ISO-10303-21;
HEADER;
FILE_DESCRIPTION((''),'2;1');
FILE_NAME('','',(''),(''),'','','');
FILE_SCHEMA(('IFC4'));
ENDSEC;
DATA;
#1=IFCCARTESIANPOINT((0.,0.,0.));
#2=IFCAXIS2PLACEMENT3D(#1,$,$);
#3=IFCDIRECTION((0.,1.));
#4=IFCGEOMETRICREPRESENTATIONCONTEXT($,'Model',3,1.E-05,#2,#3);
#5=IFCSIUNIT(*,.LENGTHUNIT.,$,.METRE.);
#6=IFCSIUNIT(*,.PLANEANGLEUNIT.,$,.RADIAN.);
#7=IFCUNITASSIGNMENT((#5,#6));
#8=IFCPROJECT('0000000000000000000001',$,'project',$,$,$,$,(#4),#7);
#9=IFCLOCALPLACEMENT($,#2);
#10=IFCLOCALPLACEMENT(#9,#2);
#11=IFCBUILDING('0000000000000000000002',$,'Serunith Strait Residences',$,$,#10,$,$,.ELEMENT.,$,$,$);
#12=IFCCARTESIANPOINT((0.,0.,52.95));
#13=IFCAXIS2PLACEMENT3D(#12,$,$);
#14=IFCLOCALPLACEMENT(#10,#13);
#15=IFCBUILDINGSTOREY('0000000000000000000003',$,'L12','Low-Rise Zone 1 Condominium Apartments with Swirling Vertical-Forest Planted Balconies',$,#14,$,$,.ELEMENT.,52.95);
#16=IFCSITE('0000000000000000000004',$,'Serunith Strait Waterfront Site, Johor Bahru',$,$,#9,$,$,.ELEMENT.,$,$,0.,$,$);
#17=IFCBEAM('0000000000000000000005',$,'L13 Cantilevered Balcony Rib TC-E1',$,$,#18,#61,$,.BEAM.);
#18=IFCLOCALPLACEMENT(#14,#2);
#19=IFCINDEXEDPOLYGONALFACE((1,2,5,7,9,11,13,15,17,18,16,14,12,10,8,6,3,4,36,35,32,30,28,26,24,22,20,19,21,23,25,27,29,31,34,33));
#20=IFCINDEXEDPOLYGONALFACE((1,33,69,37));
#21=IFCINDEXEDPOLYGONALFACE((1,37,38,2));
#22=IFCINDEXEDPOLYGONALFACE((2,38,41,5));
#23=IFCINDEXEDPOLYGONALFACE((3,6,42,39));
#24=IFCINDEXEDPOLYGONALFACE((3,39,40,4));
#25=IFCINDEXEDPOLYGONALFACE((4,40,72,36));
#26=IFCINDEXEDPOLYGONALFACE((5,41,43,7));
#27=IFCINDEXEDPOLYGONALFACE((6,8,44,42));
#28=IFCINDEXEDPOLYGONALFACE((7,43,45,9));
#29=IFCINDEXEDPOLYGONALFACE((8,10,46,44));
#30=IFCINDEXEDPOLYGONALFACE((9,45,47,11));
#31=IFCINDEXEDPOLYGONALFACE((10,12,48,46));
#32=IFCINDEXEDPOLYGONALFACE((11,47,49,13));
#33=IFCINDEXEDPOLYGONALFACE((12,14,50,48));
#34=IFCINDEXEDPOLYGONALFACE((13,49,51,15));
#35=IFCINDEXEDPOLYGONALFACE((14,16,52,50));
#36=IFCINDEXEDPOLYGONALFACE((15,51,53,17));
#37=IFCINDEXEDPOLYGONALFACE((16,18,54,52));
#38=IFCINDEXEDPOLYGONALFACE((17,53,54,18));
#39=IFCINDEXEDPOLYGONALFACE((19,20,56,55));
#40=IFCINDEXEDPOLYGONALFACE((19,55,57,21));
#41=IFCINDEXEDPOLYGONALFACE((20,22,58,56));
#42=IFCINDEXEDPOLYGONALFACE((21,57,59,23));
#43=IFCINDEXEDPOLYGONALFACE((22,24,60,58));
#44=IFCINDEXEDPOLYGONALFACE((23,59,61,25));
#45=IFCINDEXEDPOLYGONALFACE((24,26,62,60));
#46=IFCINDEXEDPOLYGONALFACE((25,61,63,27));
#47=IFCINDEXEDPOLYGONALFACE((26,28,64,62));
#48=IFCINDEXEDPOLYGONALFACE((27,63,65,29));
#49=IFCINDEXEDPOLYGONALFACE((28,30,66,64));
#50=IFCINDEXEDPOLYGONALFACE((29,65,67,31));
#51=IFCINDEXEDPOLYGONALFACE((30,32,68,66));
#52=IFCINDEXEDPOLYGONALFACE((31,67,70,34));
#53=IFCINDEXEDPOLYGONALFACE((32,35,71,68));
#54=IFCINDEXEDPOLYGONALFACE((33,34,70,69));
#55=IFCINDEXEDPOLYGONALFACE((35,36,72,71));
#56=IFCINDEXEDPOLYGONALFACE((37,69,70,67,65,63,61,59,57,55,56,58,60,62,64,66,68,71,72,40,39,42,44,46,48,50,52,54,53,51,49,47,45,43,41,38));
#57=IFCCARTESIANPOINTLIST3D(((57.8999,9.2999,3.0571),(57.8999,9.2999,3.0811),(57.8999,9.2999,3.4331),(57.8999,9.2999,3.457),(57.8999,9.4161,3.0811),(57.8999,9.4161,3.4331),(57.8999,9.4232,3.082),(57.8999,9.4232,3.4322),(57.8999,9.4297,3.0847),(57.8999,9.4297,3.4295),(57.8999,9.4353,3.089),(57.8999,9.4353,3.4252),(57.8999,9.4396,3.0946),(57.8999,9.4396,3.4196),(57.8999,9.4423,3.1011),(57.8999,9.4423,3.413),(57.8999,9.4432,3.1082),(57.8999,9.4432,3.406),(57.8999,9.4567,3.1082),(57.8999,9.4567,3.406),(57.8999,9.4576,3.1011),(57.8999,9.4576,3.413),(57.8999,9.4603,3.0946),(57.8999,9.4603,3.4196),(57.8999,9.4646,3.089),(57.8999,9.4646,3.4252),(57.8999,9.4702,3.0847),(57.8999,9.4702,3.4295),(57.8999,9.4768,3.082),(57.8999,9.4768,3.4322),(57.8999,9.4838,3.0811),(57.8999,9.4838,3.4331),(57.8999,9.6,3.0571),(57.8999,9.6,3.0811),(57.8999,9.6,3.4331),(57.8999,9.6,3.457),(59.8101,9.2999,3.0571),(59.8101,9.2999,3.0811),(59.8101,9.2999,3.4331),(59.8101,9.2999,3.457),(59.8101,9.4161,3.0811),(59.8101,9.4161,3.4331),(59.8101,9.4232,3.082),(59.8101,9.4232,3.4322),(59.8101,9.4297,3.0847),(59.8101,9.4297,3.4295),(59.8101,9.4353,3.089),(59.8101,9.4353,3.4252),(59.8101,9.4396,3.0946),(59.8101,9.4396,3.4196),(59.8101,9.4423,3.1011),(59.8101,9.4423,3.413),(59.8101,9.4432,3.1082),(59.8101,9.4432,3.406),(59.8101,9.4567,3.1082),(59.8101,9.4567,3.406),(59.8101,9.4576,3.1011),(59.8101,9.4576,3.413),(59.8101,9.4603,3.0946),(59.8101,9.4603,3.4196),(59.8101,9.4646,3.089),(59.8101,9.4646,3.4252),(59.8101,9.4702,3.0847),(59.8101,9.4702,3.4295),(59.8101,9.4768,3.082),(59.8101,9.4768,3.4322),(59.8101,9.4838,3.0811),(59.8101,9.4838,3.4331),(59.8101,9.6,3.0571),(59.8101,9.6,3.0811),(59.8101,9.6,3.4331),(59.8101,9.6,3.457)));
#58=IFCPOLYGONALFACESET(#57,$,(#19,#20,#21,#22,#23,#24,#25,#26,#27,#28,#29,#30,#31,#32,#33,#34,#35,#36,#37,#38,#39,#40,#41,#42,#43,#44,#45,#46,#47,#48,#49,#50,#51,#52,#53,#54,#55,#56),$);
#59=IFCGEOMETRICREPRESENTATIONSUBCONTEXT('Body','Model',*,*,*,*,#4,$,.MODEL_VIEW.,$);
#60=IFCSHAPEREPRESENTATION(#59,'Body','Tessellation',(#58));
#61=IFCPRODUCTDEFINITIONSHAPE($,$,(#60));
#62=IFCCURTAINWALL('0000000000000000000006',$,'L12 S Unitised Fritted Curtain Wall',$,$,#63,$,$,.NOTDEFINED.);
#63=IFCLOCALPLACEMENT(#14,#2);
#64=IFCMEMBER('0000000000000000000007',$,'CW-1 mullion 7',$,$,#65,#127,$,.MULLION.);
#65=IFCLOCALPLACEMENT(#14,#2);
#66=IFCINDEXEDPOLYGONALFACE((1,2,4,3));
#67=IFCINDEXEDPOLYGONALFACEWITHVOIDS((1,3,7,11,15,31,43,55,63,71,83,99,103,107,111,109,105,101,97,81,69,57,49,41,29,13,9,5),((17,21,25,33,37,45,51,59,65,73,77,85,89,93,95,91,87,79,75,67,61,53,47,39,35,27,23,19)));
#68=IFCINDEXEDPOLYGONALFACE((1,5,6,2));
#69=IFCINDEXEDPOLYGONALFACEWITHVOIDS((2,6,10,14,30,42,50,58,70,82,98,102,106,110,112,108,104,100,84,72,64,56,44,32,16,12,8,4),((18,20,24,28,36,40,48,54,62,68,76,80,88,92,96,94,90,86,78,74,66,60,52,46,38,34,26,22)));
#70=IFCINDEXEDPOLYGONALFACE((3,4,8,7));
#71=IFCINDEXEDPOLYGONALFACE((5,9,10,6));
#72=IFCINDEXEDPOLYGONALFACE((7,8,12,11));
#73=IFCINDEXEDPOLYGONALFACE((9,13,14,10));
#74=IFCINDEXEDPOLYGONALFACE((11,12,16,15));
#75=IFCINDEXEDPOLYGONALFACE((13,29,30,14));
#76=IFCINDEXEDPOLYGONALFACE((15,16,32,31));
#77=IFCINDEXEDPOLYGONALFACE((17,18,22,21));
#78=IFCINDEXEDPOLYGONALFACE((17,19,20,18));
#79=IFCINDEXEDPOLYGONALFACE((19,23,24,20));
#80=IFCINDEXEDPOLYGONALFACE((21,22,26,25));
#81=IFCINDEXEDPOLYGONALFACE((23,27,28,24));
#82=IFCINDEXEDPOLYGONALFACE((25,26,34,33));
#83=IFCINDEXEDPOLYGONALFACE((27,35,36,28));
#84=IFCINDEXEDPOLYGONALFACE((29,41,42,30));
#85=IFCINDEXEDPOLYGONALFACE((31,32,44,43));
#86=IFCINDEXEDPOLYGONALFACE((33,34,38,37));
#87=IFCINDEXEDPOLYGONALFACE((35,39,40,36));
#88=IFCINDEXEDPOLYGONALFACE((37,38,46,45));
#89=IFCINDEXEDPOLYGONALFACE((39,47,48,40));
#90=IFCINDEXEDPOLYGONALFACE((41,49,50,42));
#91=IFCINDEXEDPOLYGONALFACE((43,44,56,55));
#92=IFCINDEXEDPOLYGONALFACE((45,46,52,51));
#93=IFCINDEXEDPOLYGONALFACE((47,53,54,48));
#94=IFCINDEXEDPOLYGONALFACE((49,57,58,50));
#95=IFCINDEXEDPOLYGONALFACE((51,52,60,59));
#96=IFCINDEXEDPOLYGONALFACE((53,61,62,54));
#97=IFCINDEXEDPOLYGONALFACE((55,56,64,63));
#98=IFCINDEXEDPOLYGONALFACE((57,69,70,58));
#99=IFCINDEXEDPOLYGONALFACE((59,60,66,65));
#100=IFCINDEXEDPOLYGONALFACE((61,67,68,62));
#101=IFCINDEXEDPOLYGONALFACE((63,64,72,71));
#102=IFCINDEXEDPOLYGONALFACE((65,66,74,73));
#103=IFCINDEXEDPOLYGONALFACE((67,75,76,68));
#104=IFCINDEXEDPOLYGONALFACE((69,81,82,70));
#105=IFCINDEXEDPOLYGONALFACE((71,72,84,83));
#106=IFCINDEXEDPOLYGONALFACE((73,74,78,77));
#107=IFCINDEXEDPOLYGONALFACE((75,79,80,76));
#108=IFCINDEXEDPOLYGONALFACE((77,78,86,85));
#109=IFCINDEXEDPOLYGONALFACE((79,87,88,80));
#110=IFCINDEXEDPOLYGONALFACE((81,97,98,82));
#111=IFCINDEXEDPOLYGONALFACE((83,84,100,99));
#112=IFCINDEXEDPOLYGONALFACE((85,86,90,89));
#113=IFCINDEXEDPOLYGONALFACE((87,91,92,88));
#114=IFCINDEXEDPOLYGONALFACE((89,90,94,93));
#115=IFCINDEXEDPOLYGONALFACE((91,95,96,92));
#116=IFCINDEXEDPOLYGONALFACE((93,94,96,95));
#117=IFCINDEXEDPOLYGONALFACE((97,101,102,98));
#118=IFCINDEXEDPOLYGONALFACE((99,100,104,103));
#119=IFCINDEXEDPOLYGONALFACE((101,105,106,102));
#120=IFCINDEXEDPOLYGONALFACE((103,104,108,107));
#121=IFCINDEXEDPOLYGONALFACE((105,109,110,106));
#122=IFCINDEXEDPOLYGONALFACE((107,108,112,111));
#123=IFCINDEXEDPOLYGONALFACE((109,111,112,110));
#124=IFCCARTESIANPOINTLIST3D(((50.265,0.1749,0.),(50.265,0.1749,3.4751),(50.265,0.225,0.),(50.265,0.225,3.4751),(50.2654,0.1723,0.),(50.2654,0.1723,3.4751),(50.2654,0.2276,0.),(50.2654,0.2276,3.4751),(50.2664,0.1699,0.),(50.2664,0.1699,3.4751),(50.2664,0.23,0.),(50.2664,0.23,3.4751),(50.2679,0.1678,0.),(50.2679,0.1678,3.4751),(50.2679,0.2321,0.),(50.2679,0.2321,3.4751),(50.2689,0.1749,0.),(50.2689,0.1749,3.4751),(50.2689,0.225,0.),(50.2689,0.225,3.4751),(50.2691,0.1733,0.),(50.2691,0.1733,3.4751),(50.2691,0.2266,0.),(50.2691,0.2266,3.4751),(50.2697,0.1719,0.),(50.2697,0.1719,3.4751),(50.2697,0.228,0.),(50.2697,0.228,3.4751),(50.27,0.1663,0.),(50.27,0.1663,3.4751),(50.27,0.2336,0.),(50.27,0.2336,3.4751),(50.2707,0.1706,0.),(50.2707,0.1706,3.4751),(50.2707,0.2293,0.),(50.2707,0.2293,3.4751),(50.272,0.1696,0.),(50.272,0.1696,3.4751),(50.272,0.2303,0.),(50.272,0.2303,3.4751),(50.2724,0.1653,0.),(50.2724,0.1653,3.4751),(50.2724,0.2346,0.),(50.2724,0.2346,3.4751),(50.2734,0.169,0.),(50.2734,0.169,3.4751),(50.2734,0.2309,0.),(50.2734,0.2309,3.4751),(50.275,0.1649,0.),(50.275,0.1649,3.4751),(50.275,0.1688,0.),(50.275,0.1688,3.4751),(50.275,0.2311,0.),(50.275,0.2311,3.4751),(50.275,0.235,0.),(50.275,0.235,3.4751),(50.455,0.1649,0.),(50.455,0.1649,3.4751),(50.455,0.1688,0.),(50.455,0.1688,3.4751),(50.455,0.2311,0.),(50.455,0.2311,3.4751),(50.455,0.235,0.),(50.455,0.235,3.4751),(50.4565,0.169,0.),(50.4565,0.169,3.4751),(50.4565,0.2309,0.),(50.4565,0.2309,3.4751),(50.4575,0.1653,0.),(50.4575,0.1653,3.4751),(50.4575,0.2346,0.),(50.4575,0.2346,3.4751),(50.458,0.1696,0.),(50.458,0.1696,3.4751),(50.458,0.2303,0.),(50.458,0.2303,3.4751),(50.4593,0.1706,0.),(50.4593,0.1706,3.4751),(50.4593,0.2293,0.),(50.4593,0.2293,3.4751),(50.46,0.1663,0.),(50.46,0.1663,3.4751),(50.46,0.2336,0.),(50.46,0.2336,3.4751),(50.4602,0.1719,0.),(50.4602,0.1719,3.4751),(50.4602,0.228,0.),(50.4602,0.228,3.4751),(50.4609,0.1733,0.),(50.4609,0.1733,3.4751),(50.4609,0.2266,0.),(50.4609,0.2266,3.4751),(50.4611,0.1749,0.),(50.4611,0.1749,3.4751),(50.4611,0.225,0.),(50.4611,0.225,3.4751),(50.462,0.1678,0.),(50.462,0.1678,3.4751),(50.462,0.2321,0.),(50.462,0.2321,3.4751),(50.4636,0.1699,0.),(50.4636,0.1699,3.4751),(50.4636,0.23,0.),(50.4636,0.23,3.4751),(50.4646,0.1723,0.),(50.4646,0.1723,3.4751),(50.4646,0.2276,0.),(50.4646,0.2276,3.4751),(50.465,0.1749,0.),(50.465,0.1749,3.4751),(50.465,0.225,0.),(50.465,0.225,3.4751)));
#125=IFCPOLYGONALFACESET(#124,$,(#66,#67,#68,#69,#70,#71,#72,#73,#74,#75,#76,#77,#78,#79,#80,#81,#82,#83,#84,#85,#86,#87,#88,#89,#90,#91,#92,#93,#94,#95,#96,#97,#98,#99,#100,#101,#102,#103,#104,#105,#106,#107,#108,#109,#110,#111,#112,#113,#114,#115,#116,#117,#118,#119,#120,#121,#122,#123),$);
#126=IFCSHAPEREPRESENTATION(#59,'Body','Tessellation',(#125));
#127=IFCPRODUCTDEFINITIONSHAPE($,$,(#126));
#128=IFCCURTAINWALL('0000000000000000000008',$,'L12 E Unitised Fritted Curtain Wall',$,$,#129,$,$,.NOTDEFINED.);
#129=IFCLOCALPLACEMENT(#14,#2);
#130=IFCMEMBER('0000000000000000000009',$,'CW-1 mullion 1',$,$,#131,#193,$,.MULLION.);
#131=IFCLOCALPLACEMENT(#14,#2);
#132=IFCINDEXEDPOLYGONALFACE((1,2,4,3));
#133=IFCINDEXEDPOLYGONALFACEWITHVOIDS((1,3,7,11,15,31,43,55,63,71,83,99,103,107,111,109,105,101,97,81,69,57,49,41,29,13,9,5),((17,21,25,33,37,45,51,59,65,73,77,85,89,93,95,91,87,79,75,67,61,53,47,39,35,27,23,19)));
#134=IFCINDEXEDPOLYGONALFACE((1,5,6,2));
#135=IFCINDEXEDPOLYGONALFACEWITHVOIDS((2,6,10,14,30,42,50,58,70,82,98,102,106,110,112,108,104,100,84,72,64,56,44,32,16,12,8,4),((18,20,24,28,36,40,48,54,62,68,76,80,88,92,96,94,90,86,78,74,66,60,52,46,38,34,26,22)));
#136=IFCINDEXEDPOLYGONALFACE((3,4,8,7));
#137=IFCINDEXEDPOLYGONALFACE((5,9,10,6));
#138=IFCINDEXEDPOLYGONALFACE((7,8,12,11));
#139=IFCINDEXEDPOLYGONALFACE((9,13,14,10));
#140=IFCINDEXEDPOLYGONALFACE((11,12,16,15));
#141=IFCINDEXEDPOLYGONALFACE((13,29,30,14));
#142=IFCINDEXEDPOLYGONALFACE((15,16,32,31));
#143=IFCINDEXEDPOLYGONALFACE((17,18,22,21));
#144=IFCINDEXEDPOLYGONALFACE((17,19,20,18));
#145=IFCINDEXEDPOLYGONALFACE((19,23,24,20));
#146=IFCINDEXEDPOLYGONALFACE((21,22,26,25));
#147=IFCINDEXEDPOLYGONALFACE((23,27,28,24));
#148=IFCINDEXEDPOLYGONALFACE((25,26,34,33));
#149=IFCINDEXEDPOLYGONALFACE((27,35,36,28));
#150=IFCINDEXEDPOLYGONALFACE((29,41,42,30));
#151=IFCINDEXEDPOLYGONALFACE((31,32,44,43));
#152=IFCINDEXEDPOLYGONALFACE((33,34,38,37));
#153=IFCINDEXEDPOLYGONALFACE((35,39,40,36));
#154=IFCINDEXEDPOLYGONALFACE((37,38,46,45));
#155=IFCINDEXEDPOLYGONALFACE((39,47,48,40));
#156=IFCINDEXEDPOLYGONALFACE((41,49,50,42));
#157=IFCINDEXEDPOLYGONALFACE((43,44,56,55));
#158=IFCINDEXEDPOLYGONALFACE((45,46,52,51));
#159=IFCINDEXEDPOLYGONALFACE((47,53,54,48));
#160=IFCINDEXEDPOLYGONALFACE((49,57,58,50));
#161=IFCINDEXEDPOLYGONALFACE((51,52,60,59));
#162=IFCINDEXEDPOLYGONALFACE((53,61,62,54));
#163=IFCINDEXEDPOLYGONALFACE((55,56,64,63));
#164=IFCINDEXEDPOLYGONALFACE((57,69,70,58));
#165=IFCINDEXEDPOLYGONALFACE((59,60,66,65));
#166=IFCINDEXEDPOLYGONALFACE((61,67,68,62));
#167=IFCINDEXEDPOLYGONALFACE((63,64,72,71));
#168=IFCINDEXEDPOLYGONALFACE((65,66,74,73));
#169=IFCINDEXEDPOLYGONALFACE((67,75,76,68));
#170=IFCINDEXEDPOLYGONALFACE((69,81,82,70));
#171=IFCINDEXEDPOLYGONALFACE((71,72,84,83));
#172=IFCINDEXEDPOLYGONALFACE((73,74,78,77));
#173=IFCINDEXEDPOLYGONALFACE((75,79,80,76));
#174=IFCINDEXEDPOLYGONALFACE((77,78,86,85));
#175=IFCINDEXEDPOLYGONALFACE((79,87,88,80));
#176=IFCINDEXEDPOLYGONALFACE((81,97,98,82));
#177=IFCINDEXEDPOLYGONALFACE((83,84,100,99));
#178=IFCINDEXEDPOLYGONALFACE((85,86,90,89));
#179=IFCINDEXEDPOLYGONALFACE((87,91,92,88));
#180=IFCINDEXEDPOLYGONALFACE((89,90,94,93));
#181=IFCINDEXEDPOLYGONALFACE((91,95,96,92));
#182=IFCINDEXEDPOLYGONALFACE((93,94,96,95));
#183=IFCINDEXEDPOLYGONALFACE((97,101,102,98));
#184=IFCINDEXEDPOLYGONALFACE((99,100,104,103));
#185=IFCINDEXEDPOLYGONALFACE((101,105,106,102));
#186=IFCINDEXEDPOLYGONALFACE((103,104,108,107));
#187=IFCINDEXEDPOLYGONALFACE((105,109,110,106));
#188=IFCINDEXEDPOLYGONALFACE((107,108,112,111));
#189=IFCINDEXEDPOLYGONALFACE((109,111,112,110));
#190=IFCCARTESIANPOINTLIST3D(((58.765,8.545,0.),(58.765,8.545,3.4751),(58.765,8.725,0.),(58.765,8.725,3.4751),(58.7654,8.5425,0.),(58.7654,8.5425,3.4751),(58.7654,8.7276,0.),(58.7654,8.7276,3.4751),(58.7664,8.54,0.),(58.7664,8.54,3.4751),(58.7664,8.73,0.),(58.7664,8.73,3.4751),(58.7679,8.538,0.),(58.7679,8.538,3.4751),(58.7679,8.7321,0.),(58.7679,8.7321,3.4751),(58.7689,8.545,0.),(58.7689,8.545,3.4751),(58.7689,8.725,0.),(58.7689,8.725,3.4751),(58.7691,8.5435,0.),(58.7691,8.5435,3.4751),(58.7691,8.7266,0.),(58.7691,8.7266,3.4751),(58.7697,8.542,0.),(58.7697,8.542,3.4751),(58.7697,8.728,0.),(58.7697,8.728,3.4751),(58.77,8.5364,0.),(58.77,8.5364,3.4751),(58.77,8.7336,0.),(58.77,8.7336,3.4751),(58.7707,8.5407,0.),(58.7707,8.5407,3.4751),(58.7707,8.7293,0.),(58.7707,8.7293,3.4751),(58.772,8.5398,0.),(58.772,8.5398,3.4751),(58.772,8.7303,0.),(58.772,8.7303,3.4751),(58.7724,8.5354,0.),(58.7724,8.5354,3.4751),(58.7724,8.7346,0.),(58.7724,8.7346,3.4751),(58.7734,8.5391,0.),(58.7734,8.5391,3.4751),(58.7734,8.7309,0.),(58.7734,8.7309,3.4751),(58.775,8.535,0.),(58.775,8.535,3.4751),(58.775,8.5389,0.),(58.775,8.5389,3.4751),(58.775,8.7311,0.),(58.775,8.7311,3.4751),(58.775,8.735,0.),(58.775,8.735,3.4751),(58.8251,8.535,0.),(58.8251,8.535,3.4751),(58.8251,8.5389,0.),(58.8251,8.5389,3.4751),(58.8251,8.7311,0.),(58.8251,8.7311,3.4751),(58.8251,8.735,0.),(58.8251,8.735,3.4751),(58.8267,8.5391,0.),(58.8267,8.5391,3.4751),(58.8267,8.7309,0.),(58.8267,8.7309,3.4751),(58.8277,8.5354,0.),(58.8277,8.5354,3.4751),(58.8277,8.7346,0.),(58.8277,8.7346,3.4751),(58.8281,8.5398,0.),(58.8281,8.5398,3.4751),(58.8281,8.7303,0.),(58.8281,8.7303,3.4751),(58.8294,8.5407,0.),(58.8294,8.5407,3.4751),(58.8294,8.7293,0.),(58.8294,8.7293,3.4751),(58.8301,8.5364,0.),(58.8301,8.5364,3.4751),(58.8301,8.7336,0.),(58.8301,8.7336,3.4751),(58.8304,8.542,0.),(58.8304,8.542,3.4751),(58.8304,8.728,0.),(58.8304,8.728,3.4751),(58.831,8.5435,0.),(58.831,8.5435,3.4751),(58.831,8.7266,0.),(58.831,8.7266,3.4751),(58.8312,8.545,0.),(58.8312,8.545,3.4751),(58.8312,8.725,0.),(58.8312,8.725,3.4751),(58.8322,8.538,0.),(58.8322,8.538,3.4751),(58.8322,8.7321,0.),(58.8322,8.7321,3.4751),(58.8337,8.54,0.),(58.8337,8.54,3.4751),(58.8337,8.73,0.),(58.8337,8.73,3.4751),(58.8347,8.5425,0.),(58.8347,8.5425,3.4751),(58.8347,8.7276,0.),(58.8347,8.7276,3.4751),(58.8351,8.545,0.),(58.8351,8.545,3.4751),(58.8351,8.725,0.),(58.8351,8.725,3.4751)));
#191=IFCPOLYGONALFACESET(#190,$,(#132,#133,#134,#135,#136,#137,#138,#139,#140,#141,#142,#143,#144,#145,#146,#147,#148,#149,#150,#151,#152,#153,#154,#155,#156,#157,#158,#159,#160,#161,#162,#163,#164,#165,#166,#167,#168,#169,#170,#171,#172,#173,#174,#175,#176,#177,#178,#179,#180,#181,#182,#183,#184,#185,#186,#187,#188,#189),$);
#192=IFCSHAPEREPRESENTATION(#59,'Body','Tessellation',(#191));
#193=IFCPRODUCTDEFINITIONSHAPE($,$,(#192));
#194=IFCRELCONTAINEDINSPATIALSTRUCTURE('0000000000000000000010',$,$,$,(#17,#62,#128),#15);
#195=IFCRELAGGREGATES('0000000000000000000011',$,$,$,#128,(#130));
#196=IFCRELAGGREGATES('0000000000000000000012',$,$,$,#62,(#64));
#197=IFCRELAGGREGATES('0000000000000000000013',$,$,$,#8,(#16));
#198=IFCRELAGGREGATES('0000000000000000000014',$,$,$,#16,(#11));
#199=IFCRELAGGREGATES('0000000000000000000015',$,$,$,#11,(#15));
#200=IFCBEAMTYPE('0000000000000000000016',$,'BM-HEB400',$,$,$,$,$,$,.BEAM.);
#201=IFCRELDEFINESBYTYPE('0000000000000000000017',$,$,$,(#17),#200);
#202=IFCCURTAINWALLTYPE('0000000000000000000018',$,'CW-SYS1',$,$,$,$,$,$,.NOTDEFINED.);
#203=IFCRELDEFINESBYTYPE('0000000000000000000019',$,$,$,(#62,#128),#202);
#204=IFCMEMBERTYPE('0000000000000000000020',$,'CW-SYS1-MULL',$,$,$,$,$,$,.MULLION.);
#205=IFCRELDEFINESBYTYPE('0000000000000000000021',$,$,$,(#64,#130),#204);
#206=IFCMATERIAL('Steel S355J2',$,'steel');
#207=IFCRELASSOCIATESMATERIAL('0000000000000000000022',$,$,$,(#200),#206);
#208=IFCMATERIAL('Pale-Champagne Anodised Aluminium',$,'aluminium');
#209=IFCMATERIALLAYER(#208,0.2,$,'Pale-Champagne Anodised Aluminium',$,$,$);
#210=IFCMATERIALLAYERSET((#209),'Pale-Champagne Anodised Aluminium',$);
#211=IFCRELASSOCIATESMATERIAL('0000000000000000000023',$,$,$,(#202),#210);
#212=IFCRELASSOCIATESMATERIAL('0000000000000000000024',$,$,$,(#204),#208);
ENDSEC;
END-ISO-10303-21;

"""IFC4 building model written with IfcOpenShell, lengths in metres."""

from ifc_helpers import new_model, si_unit, direction, frame, origin, origin_2d, place, context, subcontext, project, spatial, hollow_rectangle, i_section, extrude, source, transform, mapped, material, layer, layer_set, material_profile, profile_set, type_object, element, aggregate, save


model = new_model("IFC4")

# Units and contexts
model_context = context("Model", 3, precision=1e-05, world=origin(), true_north=direction((0.0, 1.0)))
body_context = subcontext(model_context, "Body", "Model", "MODEL_VIEW")
ifc_project = project(units=[si_unit("LENGTHUNIT", "METRE"), si_unit("PLANEANGLEUNIT", "RADIAN")], contexts=[model_context])

# Site, building, storey
site_placement = place(None, origin())
site = spatial("IfcSite", under=ifc_project, at=site_placement, Name="Serunith Strait Waterfront Site, Johor Bahru", CompositionType="ELEMENT", RefElevation=0.0)
building_placement = place(site_placement, origin())
building = spatial("IfcBuilding", under=site, at=building_placement, Name="Serunith Strait Residences", CompositionType="ELEMENT")
storey_placement = place(building_placement, frame((0.0, 0.0, 52.95)))
storey = spatial("IfcBuildingStorey", under=building, at=storey_placement, Name="L12", Description="Low-Rise Zone 1 Condominium Apartments with Swirling Vertical-Forest Planted Balconies", CompositionType="ELEMENT", Elevation=52.95)

# Beam
ifc_material_1 = material(Name="Steel S355J2", Category="steel")
ifc_material_profile_1 = material_profile(ifc_material_1, i_section(OverallWidth=0.3, OverallDepth=0.3999, WebThickness=0.0134, FlangeThickness=0.0239, FilletRadius=0.0271, at=origin_2d()), Name="HEB 400")
ifc_profile_set_1 = profile_set([ifc_material_profile_1], Name="Steel S355J2")
beam_type_1 = type_object("IfcBeamType", Name="BM-HEB400", PredefinedType="BEAM", material=ifc_profile_set_1)
shared_shape_1 = source(origin(), body_context, "Body", "SweptSolid", [
    extrude(i_section(OverallWidth=0.3, OverallDepth=0.3999, WebThickness=0.0134, FlangeThickness=0.0239, FilletRadius=0.0271, at=origin_2d()), origin(), (0.0, 0.0, 1.0), 1.9102),
])
for number, where, z_axis, x_axis, name in (
    (1, (57.8999, 9.45, 3.2571), (1.0, 0.0, 0.0), (0.0, 1.0, 0.0), "L13 Cantilevered Balcony Rib TC-E1"),
):
    element("IfcBeam", number, at=place(storey_placement, frame(where, z_axis=z_axis, x_axis=x_axis)), inside=storey, type_object=beam_type_1, Name=name, PredefinedType="BEAM", context=body_context, shape_type="MappedRepresentation", body=[
        mapped(shared_shape_1, transform((0.0, 0.0, 0.0), scale=1.0)),
    ])

# Curtain wall, member
ifc_material_2 = material(Name="Pale-Champagne Anodised Aluminium", Category="aluminium")
ifc_layer_1 = layer(ifc_material_2, 0.2, Name="Pale-Champagne Anodised Aluminium")
ifc_layer_set_1 = layer_set([ifc_layer_1], Name="Pale-Champagne Anodised Aluminium")
curtain_wall_type = type_object("IfcCurtainWallType", Name="CW-SYS1", PredefinedType="NOTDEFINED", material=ifc_layer_set_1)
curtain_wall_1_placement = place(storey_placement, origin())
curtain_wall_1 = element("IfcCurtainWall", 2, at=curtain_wall_1_placement, inside=storey, type_object=curtain_wall_type, Name="L12 S Unitised Fritted Curtain Wall", PredefinedType="NOTDEFINED")
ifc_material_profile_2 = material_profile(ifc_material_2, hollow_rectangle(XDim=0.0701, YDim=0.2, WallThickness=0.0039, InnerFilletRadius=0.0061, OuterFilletRadius=0.01, at=origin_2d()), Name="ALU 200x70x4")
ifc_profile_set_2 = profile_set([ifc_material_profile_2], Name="Pale-Champagne Anodised Aluminium")
member_type_1 = type_object("IfcMemberType", Name="CW-SYS1-MULL", PredefinedType="MULLION", material=ifc_profile_set_2)
shared_shape_2 = source(origin(), body_context, "Body", "SweptSolid", [
    extrude(hollow_rectangle(XDim=0.0701, YDim=0.2, WallThickness=0.0039, InnerFilletRadius=0.0061, OuterFilletRadius=0.01, at=origin_2d()), origin(), (0.0, 0.0, 1.0), 3.4751),
])
member_1_placement = place(storey_placement, frame((50.365, 0.2, 0.0), z_axis=(0.0, 0.0, 1.0), x_axis=(0.0, 1.0, 0.0)))
member_1 = element("IfcMember", 3, at=member_1_placement, type_object=member_type_1, Name="CW-1 mullion 7", PredefinedType="MULLION", context=body_context, shape_type="MappedRepresentation", body=[
    mapped(shared_shape_2, transform((0.0, 0.0, 0.0), scale=1.0)),
])

# Curtain wall, member
curtain_wall_2_placement = place(storey_placement, origin())
curtain_wall_2 = element("IfcCurtainWall", 4, at=curtain_wall_2_placement, inside=storey, type_object=curtain_wall_type, Name="L12 E Unitised Fritted Curtain Wall", PredefinedType="NOTDEFINED")
member_2_placement = place(storey_placement, frame((58.8, 8.635, 0.0), z_axis=(0.0, 0.0, 1.0), x_axis=(-1.0, 0.0, 0.0)))
member_2 = element("IfcMember", 5, at=member_2_placement, type_object=member_type_1, Name="CW-1 mullion 1", PredefinedType="MULLION", context=body_context, shape_type="MappedRepresentation", body=[
    mapped(shared_shape_2, transform((0.0, 0.0, 0.0), scale=1.0)),
])
aggregate(curtain_wall_2, [member_2])

aggregate(curtain_wall_1, [member_1])

save(model, "model.ifc")
